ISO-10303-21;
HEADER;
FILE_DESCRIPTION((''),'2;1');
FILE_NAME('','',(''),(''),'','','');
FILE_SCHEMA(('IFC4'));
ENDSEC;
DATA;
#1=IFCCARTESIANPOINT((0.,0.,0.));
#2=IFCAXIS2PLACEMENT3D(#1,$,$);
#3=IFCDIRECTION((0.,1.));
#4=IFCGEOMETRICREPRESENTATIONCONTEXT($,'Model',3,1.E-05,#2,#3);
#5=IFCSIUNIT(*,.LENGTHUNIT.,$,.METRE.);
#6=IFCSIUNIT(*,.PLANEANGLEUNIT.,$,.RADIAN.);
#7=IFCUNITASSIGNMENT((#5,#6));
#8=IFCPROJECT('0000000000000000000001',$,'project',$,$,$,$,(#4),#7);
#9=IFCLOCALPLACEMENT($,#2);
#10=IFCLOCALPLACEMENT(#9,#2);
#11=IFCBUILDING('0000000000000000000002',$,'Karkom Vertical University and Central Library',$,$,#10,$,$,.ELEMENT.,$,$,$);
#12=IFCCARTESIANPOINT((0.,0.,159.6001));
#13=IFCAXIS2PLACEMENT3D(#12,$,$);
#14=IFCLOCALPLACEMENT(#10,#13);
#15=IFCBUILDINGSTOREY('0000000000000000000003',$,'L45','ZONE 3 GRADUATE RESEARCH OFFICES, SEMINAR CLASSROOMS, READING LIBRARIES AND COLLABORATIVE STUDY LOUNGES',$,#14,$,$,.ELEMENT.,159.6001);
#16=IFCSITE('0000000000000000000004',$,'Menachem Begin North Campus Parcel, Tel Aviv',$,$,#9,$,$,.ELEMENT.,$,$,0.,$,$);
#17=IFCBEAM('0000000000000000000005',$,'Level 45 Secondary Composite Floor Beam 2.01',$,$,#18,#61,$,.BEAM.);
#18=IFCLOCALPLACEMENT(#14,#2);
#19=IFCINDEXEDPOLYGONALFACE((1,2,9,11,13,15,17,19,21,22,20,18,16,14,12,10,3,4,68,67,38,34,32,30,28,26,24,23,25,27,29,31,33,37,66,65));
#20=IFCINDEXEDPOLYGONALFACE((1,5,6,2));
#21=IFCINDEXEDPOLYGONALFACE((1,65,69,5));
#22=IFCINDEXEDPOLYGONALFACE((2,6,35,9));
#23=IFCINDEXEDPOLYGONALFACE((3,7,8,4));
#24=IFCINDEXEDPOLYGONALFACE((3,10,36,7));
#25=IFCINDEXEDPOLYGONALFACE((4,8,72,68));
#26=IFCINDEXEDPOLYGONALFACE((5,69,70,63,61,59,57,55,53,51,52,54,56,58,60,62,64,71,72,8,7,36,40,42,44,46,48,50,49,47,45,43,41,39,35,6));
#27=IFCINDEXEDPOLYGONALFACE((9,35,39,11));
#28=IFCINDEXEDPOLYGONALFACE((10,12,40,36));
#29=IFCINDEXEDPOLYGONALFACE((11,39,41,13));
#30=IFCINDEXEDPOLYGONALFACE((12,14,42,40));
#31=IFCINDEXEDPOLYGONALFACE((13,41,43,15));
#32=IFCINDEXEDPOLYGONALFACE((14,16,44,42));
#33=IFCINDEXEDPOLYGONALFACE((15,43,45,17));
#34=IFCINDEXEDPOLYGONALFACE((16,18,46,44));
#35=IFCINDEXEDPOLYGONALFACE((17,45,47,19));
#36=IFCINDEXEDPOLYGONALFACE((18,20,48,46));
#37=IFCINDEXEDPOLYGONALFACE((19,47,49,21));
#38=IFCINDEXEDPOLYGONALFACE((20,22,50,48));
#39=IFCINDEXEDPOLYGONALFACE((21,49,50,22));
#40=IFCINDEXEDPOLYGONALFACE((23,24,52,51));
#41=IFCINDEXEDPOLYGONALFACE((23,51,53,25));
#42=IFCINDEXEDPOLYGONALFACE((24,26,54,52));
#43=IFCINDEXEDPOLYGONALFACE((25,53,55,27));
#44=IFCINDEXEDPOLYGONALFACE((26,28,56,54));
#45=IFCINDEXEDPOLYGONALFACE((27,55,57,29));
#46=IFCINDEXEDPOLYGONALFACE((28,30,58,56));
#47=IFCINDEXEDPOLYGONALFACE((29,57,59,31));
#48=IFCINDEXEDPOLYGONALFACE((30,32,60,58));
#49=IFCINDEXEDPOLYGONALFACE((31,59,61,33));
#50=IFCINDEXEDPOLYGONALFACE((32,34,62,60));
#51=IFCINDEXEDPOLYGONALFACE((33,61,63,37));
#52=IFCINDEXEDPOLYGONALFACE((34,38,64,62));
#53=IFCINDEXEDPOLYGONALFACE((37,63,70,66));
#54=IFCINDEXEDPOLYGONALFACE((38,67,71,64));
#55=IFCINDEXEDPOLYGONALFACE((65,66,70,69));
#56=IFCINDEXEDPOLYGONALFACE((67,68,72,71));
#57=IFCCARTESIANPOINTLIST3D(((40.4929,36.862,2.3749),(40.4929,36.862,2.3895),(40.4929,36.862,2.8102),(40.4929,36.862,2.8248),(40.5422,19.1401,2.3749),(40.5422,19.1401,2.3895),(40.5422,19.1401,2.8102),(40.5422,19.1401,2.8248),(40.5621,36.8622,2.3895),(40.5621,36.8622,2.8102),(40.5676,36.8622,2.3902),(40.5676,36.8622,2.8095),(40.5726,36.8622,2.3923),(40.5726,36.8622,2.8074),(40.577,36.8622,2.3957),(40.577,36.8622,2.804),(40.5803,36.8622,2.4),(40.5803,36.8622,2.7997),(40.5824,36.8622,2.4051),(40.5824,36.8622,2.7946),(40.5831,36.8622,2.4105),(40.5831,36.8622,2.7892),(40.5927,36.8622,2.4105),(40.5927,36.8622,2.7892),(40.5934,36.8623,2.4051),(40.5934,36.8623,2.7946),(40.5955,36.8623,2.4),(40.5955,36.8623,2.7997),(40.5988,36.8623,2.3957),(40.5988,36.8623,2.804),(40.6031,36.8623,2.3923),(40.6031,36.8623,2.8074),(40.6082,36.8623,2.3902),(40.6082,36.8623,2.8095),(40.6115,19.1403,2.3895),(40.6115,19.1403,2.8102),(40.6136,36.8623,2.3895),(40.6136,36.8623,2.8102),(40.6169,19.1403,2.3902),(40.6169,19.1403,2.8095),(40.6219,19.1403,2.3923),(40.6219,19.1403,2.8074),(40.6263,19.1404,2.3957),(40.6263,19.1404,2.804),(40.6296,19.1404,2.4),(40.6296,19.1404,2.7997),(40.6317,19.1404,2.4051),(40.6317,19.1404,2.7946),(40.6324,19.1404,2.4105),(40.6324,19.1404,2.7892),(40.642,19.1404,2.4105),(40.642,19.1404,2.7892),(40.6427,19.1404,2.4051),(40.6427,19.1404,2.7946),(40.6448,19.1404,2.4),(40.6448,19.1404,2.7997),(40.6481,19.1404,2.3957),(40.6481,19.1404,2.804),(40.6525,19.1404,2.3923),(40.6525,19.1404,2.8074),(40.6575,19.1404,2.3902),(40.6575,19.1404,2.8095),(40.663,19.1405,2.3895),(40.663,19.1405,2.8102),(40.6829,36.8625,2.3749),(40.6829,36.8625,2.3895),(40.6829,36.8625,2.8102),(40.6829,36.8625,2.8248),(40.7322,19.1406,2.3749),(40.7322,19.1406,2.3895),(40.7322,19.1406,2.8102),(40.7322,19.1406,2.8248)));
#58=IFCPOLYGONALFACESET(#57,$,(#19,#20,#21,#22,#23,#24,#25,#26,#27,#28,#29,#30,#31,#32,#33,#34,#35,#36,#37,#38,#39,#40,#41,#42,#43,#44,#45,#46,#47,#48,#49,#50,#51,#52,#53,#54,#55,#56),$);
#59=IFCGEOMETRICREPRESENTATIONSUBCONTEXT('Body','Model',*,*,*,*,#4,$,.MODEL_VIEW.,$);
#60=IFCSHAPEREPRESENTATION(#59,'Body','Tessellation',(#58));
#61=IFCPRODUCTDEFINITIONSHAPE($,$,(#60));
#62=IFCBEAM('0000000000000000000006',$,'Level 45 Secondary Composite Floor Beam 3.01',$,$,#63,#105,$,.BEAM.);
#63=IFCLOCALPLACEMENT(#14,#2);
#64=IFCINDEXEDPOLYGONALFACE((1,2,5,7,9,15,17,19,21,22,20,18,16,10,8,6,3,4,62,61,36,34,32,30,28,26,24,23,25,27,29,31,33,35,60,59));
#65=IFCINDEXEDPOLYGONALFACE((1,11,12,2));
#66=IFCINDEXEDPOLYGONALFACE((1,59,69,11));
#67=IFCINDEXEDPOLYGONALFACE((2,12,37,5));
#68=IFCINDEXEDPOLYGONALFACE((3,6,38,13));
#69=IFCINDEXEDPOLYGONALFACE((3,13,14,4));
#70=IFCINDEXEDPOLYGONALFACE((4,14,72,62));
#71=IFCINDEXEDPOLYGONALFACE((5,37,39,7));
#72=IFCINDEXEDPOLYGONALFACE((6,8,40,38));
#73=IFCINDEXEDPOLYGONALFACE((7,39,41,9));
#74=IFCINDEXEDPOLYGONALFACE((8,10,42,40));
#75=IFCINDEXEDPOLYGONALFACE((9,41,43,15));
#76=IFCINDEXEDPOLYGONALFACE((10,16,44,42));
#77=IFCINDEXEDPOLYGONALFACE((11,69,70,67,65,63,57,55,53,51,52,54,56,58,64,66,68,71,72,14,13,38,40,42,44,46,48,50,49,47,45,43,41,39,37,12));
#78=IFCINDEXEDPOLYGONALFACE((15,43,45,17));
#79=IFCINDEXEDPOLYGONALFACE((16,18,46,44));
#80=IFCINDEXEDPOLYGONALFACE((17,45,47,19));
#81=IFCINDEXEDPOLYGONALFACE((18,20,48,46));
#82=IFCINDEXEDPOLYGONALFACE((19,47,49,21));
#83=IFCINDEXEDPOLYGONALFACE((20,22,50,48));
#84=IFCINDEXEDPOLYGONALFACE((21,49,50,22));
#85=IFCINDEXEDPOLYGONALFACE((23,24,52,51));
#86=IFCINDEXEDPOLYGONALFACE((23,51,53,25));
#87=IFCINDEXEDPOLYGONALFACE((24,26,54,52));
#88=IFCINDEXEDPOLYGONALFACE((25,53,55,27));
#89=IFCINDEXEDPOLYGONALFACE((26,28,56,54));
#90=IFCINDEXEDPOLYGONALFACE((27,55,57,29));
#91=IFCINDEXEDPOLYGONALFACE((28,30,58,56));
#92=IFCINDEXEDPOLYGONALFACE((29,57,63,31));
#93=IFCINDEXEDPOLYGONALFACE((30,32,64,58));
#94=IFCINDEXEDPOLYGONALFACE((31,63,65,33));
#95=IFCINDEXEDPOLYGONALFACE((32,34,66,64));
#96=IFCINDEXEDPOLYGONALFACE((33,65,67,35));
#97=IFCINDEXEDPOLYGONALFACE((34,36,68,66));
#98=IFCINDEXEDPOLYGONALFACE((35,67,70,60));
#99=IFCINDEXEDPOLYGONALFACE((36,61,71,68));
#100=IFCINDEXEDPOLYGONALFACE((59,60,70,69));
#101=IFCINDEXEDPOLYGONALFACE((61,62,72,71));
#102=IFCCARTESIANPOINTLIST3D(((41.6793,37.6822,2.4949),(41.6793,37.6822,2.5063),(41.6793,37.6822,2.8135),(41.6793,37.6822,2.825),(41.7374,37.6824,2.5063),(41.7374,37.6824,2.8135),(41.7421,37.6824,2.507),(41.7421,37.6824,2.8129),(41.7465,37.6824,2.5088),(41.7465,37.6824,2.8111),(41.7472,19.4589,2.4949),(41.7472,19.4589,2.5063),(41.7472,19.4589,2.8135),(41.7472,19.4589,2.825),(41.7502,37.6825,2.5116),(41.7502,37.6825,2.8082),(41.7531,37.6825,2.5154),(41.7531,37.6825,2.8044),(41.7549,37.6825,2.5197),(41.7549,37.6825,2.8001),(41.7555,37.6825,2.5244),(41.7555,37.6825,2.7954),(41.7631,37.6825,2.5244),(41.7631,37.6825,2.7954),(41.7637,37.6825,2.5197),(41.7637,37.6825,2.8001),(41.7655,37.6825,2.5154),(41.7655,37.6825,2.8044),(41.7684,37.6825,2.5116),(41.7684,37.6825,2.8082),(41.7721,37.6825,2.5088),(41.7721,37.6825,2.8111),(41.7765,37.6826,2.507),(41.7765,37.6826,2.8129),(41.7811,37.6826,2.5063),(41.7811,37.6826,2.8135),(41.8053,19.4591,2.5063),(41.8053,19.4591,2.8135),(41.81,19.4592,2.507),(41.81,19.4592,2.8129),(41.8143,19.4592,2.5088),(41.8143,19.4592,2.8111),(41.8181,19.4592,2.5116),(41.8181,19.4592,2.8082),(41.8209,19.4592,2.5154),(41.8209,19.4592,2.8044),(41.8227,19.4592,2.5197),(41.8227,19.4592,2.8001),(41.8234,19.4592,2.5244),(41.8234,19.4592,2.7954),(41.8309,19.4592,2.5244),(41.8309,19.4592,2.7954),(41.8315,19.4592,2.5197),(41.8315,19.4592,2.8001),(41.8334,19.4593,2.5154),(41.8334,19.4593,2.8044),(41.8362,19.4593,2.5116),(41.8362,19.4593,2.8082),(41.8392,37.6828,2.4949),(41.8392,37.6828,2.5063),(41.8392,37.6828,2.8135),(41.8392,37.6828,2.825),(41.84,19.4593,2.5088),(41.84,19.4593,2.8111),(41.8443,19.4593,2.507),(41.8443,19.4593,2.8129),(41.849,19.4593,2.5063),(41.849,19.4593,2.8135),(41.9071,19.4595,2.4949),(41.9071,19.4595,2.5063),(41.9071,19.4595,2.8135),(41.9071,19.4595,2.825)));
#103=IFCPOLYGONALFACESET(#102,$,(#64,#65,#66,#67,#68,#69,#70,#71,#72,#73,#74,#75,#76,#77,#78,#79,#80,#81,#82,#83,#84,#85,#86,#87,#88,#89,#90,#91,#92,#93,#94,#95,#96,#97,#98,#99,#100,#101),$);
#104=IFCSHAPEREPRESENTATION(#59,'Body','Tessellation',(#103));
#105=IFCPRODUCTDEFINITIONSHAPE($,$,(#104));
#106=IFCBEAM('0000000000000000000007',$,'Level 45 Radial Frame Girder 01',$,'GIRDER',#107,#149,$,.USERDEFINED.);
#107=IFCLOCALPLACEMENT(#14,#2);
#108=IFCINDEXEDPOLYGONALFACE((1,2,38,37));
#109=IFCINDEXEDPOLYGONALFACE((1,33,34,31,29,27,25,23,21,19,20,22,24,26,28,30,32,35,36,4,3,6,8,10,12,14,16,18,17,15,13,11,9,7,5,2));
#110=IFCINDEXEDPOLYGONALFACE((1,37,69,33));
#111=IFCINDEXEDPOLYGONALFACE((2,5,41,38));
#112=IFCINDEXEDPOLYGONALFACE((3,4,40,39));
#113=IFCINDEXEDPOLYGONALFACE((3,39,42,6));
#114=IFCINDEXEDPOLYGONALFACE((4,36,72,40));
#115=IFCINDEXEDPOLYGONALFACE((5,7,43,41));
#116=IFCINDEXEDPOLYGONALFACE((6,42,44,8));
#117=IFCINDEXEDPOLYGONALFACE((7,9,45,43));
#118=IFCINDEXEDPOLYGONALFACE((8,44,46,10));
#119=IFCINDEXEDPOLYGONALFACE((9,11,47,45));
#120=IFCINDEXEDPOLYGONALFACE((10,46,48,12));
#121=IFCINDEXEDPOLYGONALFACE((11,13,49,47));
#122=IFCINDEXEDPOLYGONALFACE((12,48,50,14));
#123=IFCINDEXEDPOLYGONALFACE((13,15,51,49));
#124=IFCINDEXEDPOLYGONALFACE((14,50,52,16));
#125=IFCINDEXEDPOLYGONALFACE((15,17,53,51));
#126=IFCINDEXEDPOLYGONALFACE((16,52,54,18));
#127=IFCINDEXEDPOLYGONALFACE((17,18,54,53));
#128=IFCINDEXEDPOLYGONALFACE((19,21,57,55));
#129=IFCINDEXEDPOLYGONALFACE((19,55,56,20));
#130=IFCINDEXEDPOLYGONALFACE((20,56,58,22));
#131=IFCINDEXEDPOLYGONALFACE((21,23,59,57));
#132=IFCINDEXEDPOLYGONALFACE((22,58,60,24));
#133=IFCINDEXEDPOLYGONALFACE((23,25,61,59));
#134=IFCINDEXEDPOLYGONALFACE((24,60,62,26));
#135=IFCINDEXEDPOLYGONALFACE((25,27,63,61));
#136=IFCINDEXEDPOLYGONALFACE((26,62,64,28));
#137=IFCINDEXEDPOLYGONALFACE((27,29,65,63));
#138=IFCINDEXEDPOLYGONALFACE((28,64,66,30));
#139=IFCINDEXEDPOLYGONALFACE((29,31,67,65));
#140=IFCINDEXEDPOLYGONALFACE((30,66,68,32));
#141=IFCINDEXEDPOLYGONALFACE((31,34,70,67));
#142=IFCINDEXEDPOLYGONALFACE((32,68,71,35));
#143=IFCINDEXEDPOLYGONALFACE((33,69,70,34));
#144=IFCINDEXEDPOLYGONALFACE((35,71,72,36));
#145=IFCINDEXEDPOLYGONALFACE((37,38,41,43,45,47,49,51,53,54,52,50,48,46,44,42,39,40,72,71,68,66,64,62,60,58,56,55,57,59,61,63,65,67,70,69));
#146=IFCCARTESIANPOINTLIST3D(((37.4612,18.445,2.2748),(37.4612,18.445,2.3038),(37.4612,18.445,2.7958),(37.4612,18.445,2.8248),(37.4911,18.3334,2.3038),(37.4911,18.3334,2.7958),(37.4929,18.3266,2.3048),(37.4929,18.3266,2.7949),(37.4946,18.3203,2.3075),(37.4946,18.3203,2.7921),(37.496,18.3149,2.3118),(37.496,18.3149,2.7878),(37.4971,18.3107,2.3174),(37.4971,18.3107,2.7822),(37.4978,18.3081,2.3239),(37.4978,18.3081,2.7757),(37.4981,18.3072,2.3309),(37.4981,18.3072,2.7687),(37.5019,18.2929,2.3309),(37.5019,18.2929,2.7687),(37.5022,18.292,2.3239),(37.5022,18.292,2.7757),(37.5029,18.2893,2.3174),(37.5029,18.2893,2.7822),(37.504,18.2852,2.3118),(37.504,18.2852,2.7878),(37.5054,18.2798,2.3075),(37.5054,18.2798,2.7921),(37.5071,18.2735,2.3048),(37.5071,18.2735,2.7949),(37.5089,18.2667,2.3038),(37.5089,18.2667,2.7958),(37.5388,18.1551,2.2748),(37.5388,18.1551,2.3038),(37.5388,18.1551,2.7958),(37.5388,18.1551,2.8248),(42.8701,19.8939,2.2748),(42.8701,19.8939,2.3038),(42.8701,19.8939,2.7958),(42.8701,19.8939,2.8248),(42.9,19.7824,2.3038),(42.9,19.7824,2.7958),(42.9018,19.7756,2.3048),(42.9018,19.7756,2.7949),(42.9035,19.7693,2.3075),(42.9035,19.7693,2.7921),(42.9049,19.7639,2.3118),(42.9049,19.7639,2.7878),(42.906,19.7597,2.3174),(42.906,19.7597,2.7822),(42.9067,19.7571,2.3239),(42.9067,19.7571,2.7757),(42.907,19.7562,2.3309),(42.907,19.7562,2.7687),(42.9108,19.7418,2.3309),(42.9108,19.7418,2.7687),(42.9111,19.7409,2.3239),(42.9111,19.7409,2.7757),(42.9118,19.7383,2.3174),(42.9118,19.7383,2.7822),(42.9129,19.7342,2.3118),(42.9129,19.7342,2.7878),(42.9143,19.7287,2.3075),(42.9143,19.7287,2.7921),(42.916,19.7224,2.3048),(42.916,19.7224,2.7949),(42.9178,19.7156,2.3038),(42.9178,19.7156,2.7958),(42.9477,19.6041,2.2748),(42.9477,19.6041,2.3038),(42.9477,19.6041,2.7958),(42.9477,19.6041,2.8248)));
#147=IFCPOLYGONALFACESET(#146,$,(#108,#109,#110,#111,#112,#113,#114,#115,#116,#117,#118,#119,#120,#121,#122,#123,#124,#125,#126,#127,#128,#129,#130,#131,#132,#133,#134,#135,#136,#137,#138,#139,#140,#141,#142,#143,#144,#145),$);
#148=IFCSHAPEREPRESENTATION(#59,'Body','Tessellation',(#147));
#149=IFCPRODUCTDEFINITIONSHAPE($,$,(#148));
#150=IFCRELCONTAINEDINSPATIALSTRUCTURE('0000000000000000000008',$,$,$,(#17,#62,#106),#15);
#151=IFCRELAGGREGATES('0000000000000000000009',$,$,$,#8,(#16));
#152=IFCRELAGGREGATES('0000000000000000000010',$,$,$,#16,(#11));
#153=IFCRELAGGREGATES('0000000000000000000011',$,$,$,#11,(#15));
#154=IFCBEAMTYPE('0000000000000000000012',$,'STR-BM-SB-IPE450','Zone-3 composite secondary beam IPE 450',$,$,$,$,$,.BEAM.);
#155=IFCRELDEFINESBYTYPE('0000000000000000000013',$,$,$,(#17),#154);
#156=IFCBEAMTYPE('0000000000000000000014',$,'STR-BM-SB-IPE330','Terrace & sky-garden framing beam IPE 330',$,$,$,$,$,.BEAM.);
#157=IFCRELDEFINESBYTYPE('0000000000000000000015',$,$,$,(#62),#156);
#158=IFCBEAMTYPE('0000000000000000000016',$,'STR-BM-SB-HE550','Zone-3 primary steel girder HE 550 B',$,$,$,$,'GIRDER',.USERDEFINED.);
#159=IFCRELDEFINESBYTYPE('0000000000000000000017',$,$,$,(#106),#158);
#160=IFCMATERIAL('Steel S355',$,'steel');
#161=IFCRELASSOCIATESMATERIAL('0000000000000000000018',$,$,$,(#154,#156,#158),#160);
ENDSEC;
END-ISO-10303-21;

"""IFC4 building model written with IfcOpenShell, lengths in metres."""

from ifc_helpers import new_model, si_unit, direction, frame, origin, origin_with_axes, origin_2d, place, context, subcontext, project, spatial, i_section, extrude, source, transform, mapped, material, material_profile, profile_set, type_object, element, save


model = new_model("IFC4")

# Units and contexts
model_context = context("Model", 3, precision=1e-05, world=origin(), true_north=direction((0.0, 1.0)))
body_context = subcontext(model_context, "Body", "Model", "MODEL_VIEW")
ifc_project = project(units=[si_unit("LENGTHUNIT", "METRE"), si_unit("PLANEANGLEUNIT", "RADIAN")], contexts=[model_context])

# Site, building, storey
site_placement = place(None, origin())
site = spatial("IfcSite", under=ifc_project, at=site_placement, Name="Menachem Begin North Campus Parcel, Tel Aviv", CompositionType="ELEMENT", RefElevation=0.0)
building_placement = place(site_placement, origin())
building = spatial("IfcBuilding", under=site, at=building_placement, Name="Karkom Vertical University and Central Library", CompositionType="ELEMENT")
storey_placement = place(building_placement, frame((0.0, 0.0, 159.6001)))
storey = spatial("IfcBuildingStorey", under=building, at=storey_placement, Name="L45", Description="ZONE 3 GRADUATE RESEARCH OFFICES, SEMINAR CLASSROOMS, READING LIBRARIES AND COLLABORATIVE STUDY LOUNGES", CompositionType="ELEMENT", Elevation=159.6001)

# Beams
ifc_material_1 = material(Name="Steel S355", Category="steel")
ifc_material_profile_1 = material_profile(ifc_material_1, i_section(OverallWidth=0.1899, OverallDepth=0.45, WebThickness=0.0095, FlangeThickness=0.0146, FilletRadius=0.021, at=origin_2d()), Name="IPE 450")
ifc_profile_set_1 = profile_set([ifc_material_profile_1], Name="Steel S355")
beam_type_1 = type_object("IfcBeamType", Name="STR-BM-SB-IPE450", Description="Zone-3 composite secondary beam IPE 450", PredefinedType="BEAM", material=ifc_profile_set_1)
shared_shape_1 = source(origin_with_axes(), body_context, "Body", "SweptSolid", [
    extrude(i_section(OverallWidth=0.1899, OverallDepth=0.45, WebThickness=0.0095, FlangeThickness=0.0146, FilletRadius=0.021, at=origin_2d()), origin(), (0.0, 0.0, 1.0), 17.7219),
])
beam_1_placement = place(storey_placement, frame((40.6372, 19.1404, 2.5999), z_axis=(-0.002783, 0.999996, 0.0), x_axis=(-0.999996, -0.002783, 0.0)))
element("IfcBeam", 1, at=beam_1_placement, inside=storey, type_object=beam_type_1, Name="Level 45 Secondary Composite Floor Beam 2.01", PredefinedType="BEAM", context=body_context, shape_type="MappedRepresentation", body=[
    mapped(shared_shape_1, transform((0.0, 0.0, 0.0), scale=1.0)),
])
ifc_material_profile_2 = material_profile(ifc_material_1, i_section(OverallWidth=0.1599, OverallDepth=0.3301, WebThickness=0.0076, FlangeThickness=0.0115, FilletRadius=0.0181, at=origin_2d()), Name="IPE 330")
ifc_profile_set_2 = profile_set([ifc_material_profile_2], Name="Steel S355")
beam_type_2 = type_object("IfcBeamType", Name="STR-BM-SB-IPE330", Description="Terrace & sky-garden framing beam IPE 330", PredefinedType="BEAM", material=ifc_profile_set_2)
shared_shape_2 = source(origin_with_axes(), body_context, "Body", "SweptSolid", [
    extrude(i_section(OverallWidth=0.1599, OverallDepth=0.3301, WebThickness=0.0076, FlangeThickness=0.0115, FilletRadius=0.0181, at=origin_2d()), origin(), (0.0, 0.0, 1.0), 18.2234),
])
beam_2_placement = place(storey_placement, frame((41.8271, 19.4592, 2.6599), z_axis=(-0.003724, 0.999993, 0.0), x_axis=(-0.999993, -0.003724, 0.0)))
element("IfcBeam", 2, at=beam_2_placement, inside=storey, type_object=beam_type_2, Name="Level 45 Secondary Composite Floor Beam 3.01", PredefinedType="BEAM", context=body_context, shape_type="MappedRepresentation", body=[
    mapped(shared_shape_2, transform((0.0, 0.0, 0.0), scale=1.0)),
])
ifc_material_profile_3 = material_profile(ifc_material_1, i_section(OverallWidth=0.3, OverallDepth=0.55, WebThickness=0.0149, FlangeThickness=0.0291, FilletRadius=0.0271, at=origin_2d()), Name="HE 550 B")
ifc_profile_set_3 = profile_set([ifc_material_profile_3], Name="Steel S355")
beam_type_3 = type_object("IfcBeamType", Name="STR-BM-SB-HE550", Description="Zone-3 primary steel girder HE 550 B", ElementType="GIRDER", PredefinedType="USERDEFINED", material=ifc_profile_set_3)
shared_shape_3 = source(origin_with_axes(), body_context, "Body", "SweptSolid", [
    extrude(i_section(OverallWidth=0.3, OverallDepth=0.55, WebThickness=0.0149, FlangeThickness=0.0291, FilletRadius=0.0271, at=origin_2d()), origin(), (0.0, 0.0, 1.0), 5.5996),
])
beam_3_placement = place(storey_placement, frame((37.5, 18.3, 2.5498), z_axis=(0.965941, 0.258762, 0.0), x_axis=(-0.258762, 0.965941, 0.0)))
element("IfcBeam", 3, at=beam_3_placement, inside=storey, type_object=beam_type_3, Name="Level 45 Radial Frame Girder 01", ObjectType="GIRDER", PredefinedType="USERDEFINED", context=body_context, shape_type="MappedRepresentation", body=[
    mapped(shared_shape_3, transform((0.0, 0.0, 0.0), scale=1.0)),
])

save(model, "model.ifc")
